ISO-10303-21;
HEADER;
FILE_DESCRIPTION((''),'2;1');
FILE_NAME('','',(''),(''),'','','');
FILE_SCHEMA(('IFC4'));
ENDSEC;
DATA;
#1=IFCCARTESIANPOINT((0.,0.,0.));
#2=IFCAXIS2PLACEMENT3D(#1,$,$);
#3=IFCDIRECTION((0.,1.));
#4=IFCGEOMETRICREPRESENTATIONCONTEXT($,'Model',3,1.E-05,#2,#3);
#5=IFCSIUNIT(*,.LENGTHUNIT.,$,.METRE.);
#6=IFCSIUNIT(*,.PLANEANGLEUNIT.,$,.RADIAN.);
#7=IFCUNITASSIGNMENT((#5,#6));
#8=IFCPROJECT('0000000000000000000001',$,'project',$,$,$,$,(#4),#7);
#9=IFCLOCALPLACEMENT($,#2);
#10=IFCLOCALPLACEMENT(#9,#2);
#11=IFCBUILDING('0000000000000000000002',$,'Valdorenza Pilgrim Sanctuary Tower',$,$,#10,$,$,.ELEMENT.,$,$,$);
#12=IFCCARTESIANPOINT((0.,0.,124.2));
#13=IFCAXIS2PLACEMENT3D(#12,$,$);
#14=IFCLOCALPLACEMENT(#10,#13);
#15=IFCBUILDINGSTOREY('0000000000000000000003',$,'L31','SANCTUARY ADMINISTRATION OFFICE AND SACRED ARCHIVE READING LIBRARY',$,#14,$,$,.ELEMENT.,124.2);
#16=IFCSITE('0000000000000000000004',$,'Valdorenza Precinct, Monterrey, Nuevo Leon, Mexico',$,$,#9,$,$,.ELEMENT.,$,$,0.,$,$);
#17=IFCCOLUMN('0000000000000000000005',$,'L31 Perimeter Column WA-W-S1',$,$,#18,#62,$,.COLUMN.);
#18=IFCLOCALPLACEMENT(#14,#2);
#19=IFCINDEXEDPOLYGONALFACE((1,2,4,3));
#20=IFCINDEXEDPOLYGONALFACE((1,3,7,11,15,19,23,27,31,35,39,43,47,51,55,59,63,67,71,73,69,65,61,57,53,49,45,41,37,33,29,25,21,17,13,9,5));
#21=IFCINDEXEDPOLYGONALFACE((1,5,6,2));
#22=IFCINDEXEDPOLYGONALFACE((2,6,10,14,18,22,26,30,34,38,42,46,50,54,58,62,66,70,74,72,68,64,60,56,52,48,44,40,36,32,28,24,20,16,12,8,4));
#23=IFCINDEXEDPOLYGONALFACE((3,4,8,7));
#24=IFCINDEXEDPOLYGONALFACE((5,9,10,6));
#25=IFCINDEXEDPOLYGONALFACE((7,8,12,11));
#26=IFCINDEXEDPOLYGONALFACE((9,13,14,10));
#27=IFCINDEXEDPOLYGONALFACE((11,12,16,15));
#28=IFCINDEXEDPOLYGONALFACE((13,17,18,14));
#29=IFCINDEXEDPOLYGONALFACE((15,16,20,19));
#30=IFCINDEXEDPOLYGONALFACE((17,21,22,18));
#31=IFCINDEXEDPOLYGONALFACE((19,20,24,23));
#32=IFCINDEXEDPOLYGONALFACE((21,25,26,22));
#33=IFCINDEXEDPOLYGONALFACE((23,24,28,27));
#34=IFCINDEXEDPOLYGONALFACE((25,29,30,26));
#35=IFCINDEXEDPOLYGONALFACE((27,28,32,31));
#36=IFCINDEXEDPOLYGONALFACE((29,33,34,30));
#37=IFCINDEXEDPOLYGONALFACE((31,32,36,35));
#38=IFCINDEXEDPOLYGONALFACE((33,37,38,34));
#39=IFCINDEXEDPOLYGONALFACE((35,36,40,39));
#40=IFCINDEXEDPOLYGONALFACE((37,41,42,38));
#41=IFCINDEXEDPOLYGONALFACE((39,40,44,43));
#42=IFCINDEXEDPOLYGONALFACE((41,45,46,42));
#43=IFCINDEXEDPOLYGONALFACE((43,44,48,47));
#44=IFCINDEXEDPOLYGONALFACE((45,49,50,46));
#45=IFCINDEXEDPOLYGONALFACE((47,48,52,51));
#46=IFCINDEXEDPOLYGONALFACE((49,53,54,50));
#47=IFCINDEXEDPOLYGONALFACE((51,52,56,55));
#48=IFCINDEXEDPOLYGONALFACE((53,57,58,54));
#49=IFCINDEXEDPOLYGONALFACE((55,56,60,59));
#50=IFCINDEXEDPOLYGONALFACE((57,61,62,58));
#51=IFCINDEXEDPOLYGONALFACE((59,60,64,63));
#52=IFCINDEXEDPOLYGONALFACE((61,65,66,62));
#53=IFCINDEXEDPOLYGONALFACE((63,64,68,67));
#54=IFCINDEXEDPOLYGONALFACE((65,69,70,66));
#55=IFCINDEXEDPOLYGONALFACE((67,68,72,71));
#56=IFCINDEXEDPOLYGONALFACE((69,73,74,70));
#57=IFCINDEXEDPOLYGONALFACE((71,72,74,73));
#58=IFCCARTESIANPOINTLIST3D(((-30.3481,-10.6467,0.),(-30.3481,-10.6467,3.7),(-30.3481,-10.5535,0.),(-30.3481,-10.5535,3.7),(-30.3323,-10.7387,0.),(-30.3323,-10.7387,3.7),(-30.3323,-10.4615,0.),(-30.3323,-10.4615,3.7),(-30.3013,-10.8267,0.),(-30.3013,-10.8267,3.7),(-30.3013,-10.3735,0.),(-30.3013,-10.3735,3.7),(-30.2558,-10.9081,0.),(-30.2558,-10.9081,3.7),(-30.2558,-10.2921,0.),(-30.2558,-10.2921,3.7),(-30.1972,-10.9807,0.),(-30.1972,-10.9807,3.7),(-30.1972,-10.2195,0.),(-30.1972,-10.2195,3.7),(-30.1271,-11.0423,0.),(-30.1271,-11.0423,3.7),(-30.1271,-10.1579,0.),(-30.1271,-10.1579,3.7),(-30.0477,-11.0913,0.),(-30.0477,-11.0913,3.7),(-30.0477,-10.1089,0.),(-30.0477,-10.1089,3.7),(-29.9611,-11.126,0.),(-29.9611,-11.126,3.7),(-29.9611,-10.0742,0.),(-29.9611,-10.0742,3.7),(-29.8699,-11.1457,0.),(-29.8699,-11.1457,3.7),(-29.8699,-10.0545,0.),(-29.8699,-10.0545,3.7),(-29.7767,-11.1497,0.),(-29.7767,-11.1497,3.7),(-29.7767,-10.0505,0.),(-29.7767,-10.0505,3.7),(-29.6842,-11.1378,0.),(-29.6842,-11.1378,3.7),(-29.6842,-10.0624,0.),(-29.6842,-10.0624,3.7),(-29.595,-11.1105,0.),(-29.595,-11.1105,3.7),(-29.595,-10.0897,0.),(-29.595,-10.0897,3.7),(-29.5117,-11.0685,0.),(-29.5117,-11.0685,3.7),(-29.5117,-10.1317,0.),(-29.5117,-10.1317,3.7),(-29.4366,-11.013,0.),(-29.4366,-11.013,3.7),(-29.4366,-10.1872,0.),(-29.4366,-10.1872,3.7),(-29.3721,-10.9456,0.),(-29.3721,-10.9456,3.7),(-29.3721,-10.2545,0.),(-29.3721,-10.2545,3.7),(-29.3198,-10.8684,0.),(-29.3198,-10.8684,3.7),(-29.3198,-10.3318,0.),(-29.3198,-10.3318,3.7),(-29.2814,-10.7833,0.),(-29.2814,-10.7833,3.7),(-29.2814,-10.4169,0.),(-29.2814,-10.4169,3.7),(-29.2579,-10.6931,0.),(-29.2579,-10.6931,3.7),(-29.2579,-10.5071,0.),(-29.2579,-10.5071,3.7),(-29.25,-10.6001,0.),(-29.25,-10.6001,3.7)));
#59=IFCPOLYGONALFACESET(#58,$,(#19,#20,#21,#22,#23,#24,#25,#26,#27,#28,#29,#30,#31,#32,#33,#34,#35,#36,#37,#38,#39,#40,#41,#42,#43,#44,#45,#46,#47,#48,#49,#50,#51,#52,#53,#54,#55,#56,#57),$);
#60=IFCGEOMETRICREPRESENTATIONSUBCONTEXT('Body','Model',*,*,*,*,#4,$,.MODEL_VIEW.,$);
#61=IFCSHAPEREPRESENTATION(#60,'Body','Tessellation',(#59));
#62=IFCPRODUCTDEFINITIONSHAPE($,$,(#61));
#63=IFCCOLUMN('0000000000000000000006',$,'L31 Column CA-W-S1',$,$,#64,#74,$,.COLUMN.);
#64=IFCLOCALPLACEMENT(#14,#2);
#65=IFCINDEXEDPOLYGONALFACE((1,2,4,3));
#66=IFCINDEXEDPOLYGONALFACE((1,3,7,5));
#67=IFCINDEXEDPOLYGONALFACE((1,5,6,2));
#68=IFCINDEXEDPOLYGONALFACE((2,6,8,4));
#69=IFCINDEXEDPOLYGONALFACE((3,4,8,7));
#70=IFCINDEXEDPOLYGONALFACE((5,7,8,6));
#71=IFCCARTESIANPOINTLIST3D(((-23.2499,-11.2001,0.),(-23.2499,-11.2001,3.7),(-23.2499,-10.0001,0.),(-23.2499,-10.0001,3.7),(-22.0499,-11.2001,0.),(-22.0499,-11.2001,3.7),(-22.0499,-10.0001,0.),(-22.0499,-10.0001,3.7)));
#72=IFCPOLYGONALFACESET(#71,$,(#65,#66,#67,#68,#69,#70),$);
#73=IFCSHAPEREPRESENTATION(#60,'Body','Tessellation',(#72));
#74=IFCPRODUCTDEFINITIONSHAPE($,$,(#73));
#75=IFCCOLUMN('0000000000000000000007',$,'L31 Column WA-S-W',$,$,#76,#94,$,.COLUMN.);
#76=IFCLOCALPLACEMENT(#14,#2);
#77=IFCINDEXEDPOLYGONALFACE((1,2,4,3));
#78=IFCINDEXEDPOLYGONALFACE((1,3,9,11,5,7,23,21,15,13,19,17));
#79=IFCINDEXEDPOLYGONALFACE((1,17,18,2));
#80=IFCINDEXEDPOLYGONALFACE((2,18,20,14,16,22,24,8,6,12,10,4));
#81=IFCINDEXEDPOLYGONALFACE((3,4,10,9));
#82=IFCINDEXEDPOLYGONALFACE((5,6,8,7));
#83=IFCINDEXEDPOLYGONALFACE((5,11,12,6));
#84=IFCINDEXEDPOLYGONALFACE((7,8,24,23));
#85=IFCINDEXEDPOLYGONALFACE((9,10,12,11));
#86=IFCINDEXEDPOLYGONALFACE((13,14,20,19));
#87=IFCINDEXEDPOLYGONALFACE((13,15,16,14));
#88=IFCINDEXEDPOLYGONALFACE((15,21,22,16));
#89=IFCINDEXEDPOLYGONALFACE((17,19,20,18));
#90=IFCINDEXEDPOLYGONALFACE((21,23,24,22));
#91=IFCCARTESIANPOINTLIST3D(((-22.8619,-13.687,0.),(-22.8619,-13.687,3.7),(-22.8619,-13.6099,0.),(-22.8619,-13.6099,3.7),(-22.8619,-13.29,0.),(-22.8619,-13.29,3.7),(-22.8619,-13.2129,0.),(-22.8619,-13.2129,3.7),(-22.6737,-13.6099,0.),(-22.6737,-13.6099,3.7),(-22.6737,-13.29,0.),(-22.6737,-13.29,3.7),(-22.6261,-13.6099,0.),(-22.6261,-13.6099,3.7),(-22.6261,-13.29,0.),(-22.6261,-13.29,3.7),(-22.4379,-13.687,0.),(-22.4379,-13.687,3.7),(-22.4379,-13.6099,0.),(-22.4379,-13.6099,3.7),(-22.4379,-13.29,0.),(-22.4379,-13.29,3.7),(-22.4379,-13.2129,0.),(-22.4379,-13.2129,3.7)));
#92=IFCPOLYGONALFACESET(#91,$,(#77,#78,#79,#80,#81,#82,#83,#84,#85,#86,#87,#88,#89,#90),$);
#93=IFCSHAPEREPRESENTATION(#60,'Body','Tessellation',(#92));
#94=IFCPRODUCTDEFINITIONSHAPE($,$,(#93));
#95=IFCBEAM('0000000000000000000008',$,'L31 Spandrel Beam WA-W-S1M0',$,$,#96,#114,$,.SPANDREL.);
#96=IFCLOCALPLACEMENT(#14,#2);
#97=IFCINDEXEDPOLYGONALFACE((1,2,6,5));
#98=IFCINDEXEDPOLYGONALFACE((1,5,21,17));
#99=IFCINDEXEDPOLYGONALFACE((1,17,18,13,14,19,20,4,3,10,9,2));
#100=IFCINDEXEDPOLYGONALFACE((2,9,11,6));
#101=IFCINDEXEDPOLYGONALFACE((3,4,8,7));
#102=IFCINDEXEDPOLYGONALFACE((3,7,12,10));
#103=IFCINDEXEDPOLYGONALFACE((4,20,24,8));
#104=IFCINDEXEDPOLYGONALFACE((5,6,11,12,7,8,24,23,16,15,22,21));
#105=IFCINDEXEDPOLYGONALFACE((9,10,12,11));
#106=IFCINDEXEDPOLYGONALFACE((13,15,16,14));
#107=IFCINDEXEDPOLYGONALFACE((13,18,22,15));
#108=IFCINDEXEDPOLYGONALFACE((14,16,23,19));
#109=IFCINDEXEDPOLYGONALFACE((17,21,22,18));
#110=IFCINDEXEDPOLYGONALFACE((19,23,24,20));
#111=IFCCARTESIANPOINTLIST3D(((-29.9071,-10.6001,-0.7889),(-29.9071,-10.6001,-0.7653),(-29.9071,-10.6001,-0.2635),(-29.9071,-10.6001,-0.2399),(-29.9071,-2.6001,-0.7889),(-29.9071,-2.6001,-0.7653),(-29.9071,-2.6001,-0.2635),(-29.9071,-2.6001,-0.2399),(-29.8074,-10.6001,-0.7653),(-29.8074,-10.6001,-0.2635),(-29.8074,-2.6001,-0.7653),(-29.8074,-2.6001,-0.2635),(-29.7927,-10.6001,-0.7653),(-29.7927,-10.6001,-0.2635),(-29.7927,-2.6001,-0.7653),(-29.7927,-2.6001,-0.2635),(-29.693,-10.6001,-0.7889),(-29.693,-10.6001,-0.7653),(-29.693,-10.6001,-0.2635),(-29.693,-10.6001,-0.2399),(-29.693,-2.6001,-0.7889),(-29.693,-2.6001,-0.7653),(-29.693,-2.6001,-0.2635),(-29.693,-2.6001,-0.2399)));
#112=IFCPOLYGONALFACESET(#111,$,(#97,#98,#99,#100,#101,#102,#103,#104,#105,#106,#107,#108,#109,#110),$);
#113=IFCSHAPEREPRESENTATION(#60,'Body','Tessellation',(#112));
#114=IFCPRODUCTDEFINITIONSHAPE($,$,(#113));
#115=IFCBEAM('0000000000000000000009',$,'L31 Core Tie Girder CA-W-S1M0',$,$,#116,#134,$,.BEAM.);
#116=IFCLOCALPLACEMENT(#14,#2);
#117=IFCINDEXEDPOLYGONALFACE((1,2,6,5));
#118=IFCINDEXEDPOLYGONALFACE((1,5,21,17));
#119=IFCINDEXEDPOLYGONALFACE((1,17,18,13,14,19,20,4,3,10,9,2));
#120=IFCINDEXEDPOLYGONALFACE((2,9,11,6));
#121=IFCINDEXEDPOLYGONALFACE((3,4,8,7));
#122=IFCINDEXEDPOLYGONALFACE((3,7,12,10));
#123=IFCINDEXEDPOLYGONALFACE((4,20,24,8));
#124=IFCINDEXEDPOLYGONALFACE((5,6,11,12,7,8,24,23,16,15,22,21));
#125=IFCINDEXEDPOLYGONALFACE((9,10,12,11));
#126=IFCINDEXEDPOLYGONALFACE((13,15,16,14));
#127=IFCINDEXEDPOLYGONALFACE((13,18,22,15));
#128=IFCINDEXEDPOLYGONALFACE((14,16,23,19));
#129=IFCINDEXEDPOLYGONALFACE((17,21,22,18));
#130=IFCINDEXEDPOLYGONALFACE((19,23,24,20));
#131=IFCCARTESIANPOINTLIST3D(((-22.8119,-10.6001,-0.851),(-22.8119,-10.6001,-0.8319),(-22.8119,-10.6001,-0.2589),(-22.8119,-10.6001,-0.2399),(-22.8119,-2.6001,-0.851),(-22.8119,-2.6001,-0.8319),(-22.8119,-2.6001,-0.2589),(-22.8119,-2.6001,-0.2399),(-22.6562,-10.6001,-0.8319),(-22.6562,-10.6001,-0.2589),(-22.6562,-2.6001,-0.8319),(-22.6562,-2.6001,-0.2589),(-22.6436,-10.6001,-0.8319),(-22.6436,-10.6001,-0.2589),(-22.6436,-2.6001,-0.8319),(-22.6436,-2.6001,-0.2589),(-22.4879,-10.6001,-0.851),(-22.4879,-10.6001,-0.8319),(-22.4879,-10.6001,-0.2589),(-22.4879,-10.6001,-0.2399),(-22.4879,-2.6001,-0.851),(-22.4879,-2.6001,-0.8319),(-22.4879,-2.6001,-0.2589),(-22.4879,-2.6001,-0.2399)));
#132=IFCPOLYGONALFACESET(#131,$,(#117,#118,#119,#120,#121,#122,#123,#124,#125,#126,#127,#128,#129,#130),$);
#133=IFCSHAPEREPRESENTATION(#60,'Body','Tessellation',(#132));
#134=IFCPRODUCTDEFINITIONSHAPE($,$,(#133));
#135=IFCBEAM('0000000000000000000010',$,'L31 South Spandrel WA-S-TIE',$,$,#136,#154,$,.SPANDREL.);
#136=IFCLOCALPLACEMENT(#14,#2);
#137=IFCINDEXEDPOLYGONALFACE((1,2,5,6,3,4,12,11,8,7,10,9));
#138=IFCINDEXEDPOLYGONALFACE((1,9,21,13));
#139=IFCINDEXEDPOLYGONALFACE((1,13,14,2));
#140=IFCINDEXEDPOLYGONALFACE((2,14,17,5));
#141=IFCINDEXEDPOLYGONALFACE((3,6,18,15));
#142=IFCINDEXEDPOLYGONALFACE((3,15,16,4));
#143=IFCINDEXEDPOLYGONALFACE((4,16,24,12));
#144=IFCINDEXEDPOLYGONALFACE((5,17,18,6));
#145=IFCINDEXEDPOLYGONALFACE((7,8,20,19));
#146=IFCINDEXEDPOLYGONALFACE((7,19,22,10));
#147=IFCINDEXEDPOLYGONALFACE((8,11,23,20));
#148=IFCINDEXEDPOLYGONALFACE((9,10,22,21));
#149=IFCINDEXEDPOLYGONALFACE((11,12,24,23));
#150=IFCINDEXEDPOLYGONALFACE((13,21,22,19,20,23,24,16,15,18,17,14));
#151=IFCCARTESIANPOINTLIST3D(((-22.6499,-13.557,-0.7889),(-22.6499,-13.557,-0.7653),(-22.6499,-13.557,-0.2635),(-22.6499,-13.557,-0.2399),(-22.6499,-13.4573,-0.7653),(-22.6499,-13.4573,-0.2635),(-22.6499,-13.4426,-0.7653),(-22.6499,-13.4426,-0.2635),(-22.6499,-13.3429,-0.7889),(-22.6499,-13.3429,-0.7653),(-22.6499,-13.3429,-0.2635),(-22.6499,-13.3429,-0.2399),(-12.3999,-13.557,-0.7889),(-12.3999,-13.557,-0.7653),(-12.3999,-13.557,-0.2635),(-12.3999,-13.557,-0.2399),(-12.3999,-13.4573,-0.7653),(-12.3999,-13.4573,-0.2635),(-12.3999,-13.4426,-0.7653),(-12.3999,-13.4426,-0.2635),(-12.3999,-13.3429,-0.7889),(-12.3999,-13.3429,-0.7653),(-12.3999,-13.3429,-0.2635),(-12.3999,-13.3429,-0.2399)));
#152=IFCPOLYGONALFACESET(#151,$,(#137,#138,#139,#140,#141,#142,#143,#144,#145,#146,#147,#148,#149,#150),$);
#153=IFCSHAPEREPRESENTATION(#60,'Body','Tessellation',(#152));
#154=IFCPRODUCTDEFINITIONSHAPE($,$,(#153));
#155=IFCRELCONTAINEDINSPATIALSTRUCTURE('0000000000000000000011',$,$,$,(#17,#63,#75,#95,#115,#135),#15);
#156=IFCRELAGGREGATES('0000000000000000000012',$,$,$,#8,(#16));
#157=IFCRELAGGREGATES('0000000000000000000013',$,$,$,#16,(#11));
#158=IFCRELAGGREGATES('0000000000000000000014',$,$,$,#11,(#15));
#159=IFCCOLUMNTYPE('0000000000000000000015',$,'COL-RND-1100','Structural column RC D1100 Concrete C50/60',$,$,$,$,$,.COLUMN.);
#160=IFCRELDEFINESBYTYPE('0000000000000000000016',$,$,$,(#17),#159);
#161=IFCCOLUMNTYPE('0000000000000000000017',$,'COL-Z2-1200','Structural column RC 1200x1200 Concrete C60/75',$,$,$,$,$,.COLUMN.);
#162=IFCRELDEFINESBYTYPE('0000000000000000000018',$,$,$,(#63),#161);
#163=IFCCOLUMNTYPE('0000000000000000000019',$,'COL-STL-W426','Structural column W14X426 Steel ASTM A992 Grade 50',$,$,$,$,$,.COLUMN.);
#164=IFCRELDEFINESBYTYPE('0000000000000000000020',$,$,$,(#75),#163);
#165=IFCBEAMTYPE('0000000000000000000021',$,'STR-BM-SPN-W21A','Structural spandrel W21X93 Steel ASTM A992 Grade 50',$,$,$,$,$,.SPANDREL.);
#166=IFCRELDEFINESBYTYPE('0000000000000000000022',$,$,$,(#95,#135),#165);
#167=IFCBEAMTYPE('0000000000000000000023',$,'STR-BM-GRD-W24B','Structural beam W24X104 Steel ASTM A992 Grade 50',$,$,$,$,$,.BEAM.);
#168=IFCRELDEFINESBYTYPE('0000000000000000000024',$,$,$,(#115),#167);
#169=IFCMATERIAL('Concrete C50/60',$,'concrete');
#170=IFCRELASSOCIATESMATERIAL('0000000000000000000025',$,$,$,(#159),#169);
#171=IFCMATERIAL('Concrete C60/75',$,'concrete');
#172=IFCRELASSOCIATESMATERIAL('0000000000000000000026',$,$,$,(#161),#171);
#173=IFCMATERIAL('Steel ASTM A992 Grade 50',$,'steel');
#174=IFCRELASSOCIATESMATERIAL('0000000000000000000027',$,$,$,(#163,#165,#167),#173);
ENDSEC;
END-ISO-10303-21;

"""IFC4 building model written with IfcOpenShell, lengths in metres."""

from ifc_helpers import new_model, si_unit, direction, frame, origin, origin_2d, place, context, subcontext, project, spatial, rectangle, circle, i_section, extrude, source, transform, mapped, material, material_profile, profile_set, type_object, element, save


model = new_model("IFC4")

# Units and contexts
model_context = context("Model", 3, precision=1e-05, world=origin(), true_north=direction((0.0, 1.0)))
body_context = subcontext(model_context, "Body", "Model", "MODEL_VIEW")
ifc_project = project(units=[si_unit("LENGTHUNIT", "METRE"), si_unit("PLANEANGLEUNIT", "RADIAN")], contexts=[model_context])

# Site, building, storey
site_placement = place(None, origin())
site = spatial("IfcSite", under=ifc_project, at=site_placement, Name="Valdorenza Precinct, Monterrey, Nuevo Leon, Mexico", CompositionType="ELEMENT", RefElevation=0.0)
building_placement = place(site_placement, origin())
building = spatial("IfcBuilding", under=site, at=building_placement, Name="Valdorenza Pilgrim Sanctuary Tower", CompositionType="ELEMENT")
storey_placement = place(building_placement, frame((0.0, 0.0, 124.2)))
storey = spatial("IfcBuildingStorey", under=building, at=storey_placement, Name="L31", Description="SANCTUARY ADMINISTRATION OFFICE AND SACRED ARCHIVE READING LIBRARY", CompositionType="ELEMENT", Elevation=124.2)

# Columns
ifc_material_1 = material(Name="Concrete C50/60", Category="concrete")
ifc_material_profile_1 = material_profile(ifc_material_1, circle(Radius=0.55, at=origin_2d()), Name="RC D1100")
ifc_profile_set_1 = profile_set([ifc_material_profile_1], Name="Concrete C50/60")
column_type_1 = type_object("IfcColumnType", Name="COL-RND-1100", Description="Structural column RC D1100 Concrete C50/60", PredefinedType="COLUMN", material=ifc_profile_set_1)
shared_shape_1 = source(origin(), body_context, "Body", "SweptSolid", [
    extrude(circle(Radius=0.55, at=origin_2d()), origin(), (0.0, 0.0, 1.0), 3.7),
])
column_1_placement = place(storey_placement, frame((-29.8, -10.6001, 0.0), z_axis=(0.0, 0.0, 1.0), x_axis=(1.0, 0.0, 0.0)))
element("IfcColumn", 1, at=column_1_placement, inside=storey, type_object=column_type_1, Name="L31 Perimeter Column WA-W-S1", PredefinedType="COLUMN", context=body_context, shape_type="MappedRepresentation", body=[
    mapped(shared_shape_1, transform((0.0, 0.0, 0.0), x_axis=(1.0, 0.0, 0.0), y_axis=(0.0, 1.0, 0.0), z_axis=(0.0, 0.0, 1.0), scale=1.0)),
])
ifc_material_2 = material(Name="Concrete C60/75", Category="concrete")
ifc_material_profile_2 = material_profile(ifc_material_2, rectangle(XDim=1.2, YDim=1.2, at=origin_2d()), Name="RC 1200x1200")
ifc_profile_set_2 = profile_set([ifc_material_profile_2], Name="Concrete C60/75")
column_type_2 = type_object("IfcColumnType", Name="COL-Z2-1200", Description="Structural column RC 1200x1200 Concrete C60/75", PredefinedType="COLUMN", material=ifc_profile_set_2)
shared_shape_2 = source(origin(), body_context, "Body", "SweptSolid", [
    extrude(rectangle(XDim=1.2, YDim=1.2, at=origin_2d()), origin(), (0.0, 0.0, 1.0), 3.7),
])
column_2_placement = place(storey_placement, frame((-22.6499, -10.6001, 0.0), z_axis=(0.0, 0.0, 1.0), x_axis=(1.0, 0.0, 0.0)))
element("IfcColumn", 2, at=column_2_placement, inside=storey, type_object=column_type_2, Name="L31 Column CA-W-S1", PredefinedType="COLUMN", context=body_context, shape_type="MappedRepresentation", body=[
    mapped(shared_shape_2, transform((0.0, 0.0, 0.0), x_axis=(1.0, 0.0, 0.0), y_axis=(0.0, 1.0, 0.0), z_axis=(0.0, 0.0, 1.0), scale=1.0)),
])
ifc_material_3 = material(Name="Steel ASTM A992 Grade 50", Category="steel")
ifc_material_profile_3 = material_profile(ifc_material_3, i_section(OverallWidth=0.4241, OverallDepth=0.4741, WebThickness=0.0476, FlangeThickness=0.0771, at=origin_2d()), Name="W14X426")
ifc_profile_set_3 = profile_set([ifc_material_profile_3], Name="Steel ASTM A992 Grade 50")
column_type_3 = type_object("IfcColumnType", Name="COL-STL-W426", Description="Structural column W14X426 Steel ASTM A992 Grade 50", PredefinedType="COLUMN", material=ifc_profile_set_3)
shared_shape_3 = source(origin(), body_context, "Body", "SweptSolid", [
    extrude(i_section(OverallWidth=0.4241, OverallDepth=0.4741, WebThickness=0.0476, FlangeThickness=0.0771, at=origin_2d()), origin(), (0.0, 0.0, 1.0), 3.7),
])
column_3_placement = place(storey_placement, frame((-22.6499, -13.45, 0.0), z_axis=(0.0, 0.0, 1.0), x_axis=(1.0, 0.0, 0.0)))
element("IfcColumn", 3, at=column_3_placement, inside=storey, type_object=column_type_3, Name="L31 Column WA-S-W", PredefinedType="COLUMN", context=body_context, shape_type="MappedRepresentation", body=[
    mapped(shared_shape_3, transform((0.0, 0.0, 0.0), x_axis=(1.0, 0.0, 0.0), y_axis=(0.0, 1.0, 0.0), z_axis=(0.0, 0.0, 1.0), scale=1.0)),
])

# Beams
ifc_material_profile_4 = material_profile(ifc_material_3, i_section(OverallWidth=0.2141, OverallDepth=0.5491, WebThickness=0.0146, FlangeThickness=0.0237, at=origin_2d()), Name="W21X93")
ifc_profile_set_4 = profile_set([ifc_material_profile_4], Name="Steel ASTM A992 Grade 50")
beam_type_1 = type_object("IfcBeamType", Name="STR-BM-SPN-W21A", Description="Structural spandrel W21X93 Steel ASTM A992 Grade 50", PredefinedType="SPANDREL", material=ifc_profile_set_4)
shared_shape_4 = source(origin(), body_context, "Body", "SweptSolid", [
    extrude(i_section(OverallWidth=0.2141, OverallDepth=0.5491, WebThickness=0.0146, FlangeThickness=0.0237, at=origin_2d()), origin(), (0.0, 0.0, 1.0), 8.0),
])
beam_1_placement = place(storey_placement, frame((-29.8, -10.6001, -0.5144), z_axis=(0.0, 1.0, 0.0), x_axis=(-1.0, 0.0, 0.0)))
element("IfcBeam", 4, at=beam_1_placement, inside=storey, type_object=beam_type_1, Name="L31 Spandrel Beam WA-W-S1M0", PredefinedType="SPANDREL", context=body_context, shape_type="MappedRepresentation", body=[
    mapped(shared_shape_4, transform((0.0, 0.0, 0.0), x_axis=(1.0, 0.0, 0.0), y_axis=(0.0, 1.0, 0.0), z_axis=(0.0, 0.0, 1.0), scale=1.0)),
])
ifc_material_profile_5 = material_profile(ifc_material_3, i_section(OverallWidth=0.324, OverallDepth=0.6111, WebThickness=0.0127, FlangeThickness=0.019, at=origin_2d()), Name="W24X104")
ifc_profile_set_5 = profile_set([ifc_material_profile_5], Name="Steel ASTM A992 Grade 50")
beam_type_2 = type_object("IfcBeamType", Name="STR-BM-GRD-W24B", Description="Structural beam W24X104 Steel ASTM A992 Grade 50", PredefinedType="BEAM", material=ifc_profile_set_5)
shared_shape_5 = source(origin(), body_context, "Body", "SweptSolid", [
    extrude(i_section(OverallWidth=0.324, OverallDepth=0.6111, WebThickness=0.0127, FlangeThickness=0.019, at=origin_2d()), origin(), (0.0, 0.0, 1.0), 8.0),
])
beam_2_placement = place(storey_placement, frame((-22.6499, -10.6001, -0.5454), z_axis=(0.0, 1.0, 0.0), x_axis=(-1.0, 0.0, 0.0)))
element("IfcBeam", 5, at=beam_2_placement, inside=storey, type_object=beam_type_2, Name="L31 Core Tie Girder CA-W-S1M0", PredefinedType="BEAM", context=body_context, shape_type="MappedRepresentation", body=[
    mapped(shared_shape_5, transform((0.0, 0.0, 0.0), x_axis=(1.0, 0.0, 0.0), y_axis=(0.0, 1.0, 0.0), z_axis=(0.0, 0.0, 1.0), scale=1.0)),
])
shared_shape_6 = source(origin(), body_context, "Body", "SweptSolid", [
    extrude(i_section(OverallWidth=0.2141, OverallDepth=0.5491, WebThickness=0.0146, FlangeThickness=0.0237, at=origin_2d()), origin(), (0.0, 0.0, 1.0), 10.25),
])
beam_3_placement = place(storey_placement, frame((-22.6499, -13.45, -0.5144), z_axis=(1.0, 0.0, 0.0), x_axis=(0.0, 1.0, 0.0)))
element("IfcBeam", 6, at=beam_3_placement, inside=storey, type_object=beam_type_1, Name="L31 South Spandrel WA-S-TIE", PredefinedType="SPANDREL", context=body_context, shape_type="MappedRepresentation", body=[
    mapped(shared_shape_6, transform((0.0, 0.0, 0.0), x_axis=(1.0, 0.0, 0.0), y_axis=(0.0, 1.0, 0.0), z_axis=(0.0, 0.0, 1.0), scale=1.0)),
])

save(model, "model.ifc")
